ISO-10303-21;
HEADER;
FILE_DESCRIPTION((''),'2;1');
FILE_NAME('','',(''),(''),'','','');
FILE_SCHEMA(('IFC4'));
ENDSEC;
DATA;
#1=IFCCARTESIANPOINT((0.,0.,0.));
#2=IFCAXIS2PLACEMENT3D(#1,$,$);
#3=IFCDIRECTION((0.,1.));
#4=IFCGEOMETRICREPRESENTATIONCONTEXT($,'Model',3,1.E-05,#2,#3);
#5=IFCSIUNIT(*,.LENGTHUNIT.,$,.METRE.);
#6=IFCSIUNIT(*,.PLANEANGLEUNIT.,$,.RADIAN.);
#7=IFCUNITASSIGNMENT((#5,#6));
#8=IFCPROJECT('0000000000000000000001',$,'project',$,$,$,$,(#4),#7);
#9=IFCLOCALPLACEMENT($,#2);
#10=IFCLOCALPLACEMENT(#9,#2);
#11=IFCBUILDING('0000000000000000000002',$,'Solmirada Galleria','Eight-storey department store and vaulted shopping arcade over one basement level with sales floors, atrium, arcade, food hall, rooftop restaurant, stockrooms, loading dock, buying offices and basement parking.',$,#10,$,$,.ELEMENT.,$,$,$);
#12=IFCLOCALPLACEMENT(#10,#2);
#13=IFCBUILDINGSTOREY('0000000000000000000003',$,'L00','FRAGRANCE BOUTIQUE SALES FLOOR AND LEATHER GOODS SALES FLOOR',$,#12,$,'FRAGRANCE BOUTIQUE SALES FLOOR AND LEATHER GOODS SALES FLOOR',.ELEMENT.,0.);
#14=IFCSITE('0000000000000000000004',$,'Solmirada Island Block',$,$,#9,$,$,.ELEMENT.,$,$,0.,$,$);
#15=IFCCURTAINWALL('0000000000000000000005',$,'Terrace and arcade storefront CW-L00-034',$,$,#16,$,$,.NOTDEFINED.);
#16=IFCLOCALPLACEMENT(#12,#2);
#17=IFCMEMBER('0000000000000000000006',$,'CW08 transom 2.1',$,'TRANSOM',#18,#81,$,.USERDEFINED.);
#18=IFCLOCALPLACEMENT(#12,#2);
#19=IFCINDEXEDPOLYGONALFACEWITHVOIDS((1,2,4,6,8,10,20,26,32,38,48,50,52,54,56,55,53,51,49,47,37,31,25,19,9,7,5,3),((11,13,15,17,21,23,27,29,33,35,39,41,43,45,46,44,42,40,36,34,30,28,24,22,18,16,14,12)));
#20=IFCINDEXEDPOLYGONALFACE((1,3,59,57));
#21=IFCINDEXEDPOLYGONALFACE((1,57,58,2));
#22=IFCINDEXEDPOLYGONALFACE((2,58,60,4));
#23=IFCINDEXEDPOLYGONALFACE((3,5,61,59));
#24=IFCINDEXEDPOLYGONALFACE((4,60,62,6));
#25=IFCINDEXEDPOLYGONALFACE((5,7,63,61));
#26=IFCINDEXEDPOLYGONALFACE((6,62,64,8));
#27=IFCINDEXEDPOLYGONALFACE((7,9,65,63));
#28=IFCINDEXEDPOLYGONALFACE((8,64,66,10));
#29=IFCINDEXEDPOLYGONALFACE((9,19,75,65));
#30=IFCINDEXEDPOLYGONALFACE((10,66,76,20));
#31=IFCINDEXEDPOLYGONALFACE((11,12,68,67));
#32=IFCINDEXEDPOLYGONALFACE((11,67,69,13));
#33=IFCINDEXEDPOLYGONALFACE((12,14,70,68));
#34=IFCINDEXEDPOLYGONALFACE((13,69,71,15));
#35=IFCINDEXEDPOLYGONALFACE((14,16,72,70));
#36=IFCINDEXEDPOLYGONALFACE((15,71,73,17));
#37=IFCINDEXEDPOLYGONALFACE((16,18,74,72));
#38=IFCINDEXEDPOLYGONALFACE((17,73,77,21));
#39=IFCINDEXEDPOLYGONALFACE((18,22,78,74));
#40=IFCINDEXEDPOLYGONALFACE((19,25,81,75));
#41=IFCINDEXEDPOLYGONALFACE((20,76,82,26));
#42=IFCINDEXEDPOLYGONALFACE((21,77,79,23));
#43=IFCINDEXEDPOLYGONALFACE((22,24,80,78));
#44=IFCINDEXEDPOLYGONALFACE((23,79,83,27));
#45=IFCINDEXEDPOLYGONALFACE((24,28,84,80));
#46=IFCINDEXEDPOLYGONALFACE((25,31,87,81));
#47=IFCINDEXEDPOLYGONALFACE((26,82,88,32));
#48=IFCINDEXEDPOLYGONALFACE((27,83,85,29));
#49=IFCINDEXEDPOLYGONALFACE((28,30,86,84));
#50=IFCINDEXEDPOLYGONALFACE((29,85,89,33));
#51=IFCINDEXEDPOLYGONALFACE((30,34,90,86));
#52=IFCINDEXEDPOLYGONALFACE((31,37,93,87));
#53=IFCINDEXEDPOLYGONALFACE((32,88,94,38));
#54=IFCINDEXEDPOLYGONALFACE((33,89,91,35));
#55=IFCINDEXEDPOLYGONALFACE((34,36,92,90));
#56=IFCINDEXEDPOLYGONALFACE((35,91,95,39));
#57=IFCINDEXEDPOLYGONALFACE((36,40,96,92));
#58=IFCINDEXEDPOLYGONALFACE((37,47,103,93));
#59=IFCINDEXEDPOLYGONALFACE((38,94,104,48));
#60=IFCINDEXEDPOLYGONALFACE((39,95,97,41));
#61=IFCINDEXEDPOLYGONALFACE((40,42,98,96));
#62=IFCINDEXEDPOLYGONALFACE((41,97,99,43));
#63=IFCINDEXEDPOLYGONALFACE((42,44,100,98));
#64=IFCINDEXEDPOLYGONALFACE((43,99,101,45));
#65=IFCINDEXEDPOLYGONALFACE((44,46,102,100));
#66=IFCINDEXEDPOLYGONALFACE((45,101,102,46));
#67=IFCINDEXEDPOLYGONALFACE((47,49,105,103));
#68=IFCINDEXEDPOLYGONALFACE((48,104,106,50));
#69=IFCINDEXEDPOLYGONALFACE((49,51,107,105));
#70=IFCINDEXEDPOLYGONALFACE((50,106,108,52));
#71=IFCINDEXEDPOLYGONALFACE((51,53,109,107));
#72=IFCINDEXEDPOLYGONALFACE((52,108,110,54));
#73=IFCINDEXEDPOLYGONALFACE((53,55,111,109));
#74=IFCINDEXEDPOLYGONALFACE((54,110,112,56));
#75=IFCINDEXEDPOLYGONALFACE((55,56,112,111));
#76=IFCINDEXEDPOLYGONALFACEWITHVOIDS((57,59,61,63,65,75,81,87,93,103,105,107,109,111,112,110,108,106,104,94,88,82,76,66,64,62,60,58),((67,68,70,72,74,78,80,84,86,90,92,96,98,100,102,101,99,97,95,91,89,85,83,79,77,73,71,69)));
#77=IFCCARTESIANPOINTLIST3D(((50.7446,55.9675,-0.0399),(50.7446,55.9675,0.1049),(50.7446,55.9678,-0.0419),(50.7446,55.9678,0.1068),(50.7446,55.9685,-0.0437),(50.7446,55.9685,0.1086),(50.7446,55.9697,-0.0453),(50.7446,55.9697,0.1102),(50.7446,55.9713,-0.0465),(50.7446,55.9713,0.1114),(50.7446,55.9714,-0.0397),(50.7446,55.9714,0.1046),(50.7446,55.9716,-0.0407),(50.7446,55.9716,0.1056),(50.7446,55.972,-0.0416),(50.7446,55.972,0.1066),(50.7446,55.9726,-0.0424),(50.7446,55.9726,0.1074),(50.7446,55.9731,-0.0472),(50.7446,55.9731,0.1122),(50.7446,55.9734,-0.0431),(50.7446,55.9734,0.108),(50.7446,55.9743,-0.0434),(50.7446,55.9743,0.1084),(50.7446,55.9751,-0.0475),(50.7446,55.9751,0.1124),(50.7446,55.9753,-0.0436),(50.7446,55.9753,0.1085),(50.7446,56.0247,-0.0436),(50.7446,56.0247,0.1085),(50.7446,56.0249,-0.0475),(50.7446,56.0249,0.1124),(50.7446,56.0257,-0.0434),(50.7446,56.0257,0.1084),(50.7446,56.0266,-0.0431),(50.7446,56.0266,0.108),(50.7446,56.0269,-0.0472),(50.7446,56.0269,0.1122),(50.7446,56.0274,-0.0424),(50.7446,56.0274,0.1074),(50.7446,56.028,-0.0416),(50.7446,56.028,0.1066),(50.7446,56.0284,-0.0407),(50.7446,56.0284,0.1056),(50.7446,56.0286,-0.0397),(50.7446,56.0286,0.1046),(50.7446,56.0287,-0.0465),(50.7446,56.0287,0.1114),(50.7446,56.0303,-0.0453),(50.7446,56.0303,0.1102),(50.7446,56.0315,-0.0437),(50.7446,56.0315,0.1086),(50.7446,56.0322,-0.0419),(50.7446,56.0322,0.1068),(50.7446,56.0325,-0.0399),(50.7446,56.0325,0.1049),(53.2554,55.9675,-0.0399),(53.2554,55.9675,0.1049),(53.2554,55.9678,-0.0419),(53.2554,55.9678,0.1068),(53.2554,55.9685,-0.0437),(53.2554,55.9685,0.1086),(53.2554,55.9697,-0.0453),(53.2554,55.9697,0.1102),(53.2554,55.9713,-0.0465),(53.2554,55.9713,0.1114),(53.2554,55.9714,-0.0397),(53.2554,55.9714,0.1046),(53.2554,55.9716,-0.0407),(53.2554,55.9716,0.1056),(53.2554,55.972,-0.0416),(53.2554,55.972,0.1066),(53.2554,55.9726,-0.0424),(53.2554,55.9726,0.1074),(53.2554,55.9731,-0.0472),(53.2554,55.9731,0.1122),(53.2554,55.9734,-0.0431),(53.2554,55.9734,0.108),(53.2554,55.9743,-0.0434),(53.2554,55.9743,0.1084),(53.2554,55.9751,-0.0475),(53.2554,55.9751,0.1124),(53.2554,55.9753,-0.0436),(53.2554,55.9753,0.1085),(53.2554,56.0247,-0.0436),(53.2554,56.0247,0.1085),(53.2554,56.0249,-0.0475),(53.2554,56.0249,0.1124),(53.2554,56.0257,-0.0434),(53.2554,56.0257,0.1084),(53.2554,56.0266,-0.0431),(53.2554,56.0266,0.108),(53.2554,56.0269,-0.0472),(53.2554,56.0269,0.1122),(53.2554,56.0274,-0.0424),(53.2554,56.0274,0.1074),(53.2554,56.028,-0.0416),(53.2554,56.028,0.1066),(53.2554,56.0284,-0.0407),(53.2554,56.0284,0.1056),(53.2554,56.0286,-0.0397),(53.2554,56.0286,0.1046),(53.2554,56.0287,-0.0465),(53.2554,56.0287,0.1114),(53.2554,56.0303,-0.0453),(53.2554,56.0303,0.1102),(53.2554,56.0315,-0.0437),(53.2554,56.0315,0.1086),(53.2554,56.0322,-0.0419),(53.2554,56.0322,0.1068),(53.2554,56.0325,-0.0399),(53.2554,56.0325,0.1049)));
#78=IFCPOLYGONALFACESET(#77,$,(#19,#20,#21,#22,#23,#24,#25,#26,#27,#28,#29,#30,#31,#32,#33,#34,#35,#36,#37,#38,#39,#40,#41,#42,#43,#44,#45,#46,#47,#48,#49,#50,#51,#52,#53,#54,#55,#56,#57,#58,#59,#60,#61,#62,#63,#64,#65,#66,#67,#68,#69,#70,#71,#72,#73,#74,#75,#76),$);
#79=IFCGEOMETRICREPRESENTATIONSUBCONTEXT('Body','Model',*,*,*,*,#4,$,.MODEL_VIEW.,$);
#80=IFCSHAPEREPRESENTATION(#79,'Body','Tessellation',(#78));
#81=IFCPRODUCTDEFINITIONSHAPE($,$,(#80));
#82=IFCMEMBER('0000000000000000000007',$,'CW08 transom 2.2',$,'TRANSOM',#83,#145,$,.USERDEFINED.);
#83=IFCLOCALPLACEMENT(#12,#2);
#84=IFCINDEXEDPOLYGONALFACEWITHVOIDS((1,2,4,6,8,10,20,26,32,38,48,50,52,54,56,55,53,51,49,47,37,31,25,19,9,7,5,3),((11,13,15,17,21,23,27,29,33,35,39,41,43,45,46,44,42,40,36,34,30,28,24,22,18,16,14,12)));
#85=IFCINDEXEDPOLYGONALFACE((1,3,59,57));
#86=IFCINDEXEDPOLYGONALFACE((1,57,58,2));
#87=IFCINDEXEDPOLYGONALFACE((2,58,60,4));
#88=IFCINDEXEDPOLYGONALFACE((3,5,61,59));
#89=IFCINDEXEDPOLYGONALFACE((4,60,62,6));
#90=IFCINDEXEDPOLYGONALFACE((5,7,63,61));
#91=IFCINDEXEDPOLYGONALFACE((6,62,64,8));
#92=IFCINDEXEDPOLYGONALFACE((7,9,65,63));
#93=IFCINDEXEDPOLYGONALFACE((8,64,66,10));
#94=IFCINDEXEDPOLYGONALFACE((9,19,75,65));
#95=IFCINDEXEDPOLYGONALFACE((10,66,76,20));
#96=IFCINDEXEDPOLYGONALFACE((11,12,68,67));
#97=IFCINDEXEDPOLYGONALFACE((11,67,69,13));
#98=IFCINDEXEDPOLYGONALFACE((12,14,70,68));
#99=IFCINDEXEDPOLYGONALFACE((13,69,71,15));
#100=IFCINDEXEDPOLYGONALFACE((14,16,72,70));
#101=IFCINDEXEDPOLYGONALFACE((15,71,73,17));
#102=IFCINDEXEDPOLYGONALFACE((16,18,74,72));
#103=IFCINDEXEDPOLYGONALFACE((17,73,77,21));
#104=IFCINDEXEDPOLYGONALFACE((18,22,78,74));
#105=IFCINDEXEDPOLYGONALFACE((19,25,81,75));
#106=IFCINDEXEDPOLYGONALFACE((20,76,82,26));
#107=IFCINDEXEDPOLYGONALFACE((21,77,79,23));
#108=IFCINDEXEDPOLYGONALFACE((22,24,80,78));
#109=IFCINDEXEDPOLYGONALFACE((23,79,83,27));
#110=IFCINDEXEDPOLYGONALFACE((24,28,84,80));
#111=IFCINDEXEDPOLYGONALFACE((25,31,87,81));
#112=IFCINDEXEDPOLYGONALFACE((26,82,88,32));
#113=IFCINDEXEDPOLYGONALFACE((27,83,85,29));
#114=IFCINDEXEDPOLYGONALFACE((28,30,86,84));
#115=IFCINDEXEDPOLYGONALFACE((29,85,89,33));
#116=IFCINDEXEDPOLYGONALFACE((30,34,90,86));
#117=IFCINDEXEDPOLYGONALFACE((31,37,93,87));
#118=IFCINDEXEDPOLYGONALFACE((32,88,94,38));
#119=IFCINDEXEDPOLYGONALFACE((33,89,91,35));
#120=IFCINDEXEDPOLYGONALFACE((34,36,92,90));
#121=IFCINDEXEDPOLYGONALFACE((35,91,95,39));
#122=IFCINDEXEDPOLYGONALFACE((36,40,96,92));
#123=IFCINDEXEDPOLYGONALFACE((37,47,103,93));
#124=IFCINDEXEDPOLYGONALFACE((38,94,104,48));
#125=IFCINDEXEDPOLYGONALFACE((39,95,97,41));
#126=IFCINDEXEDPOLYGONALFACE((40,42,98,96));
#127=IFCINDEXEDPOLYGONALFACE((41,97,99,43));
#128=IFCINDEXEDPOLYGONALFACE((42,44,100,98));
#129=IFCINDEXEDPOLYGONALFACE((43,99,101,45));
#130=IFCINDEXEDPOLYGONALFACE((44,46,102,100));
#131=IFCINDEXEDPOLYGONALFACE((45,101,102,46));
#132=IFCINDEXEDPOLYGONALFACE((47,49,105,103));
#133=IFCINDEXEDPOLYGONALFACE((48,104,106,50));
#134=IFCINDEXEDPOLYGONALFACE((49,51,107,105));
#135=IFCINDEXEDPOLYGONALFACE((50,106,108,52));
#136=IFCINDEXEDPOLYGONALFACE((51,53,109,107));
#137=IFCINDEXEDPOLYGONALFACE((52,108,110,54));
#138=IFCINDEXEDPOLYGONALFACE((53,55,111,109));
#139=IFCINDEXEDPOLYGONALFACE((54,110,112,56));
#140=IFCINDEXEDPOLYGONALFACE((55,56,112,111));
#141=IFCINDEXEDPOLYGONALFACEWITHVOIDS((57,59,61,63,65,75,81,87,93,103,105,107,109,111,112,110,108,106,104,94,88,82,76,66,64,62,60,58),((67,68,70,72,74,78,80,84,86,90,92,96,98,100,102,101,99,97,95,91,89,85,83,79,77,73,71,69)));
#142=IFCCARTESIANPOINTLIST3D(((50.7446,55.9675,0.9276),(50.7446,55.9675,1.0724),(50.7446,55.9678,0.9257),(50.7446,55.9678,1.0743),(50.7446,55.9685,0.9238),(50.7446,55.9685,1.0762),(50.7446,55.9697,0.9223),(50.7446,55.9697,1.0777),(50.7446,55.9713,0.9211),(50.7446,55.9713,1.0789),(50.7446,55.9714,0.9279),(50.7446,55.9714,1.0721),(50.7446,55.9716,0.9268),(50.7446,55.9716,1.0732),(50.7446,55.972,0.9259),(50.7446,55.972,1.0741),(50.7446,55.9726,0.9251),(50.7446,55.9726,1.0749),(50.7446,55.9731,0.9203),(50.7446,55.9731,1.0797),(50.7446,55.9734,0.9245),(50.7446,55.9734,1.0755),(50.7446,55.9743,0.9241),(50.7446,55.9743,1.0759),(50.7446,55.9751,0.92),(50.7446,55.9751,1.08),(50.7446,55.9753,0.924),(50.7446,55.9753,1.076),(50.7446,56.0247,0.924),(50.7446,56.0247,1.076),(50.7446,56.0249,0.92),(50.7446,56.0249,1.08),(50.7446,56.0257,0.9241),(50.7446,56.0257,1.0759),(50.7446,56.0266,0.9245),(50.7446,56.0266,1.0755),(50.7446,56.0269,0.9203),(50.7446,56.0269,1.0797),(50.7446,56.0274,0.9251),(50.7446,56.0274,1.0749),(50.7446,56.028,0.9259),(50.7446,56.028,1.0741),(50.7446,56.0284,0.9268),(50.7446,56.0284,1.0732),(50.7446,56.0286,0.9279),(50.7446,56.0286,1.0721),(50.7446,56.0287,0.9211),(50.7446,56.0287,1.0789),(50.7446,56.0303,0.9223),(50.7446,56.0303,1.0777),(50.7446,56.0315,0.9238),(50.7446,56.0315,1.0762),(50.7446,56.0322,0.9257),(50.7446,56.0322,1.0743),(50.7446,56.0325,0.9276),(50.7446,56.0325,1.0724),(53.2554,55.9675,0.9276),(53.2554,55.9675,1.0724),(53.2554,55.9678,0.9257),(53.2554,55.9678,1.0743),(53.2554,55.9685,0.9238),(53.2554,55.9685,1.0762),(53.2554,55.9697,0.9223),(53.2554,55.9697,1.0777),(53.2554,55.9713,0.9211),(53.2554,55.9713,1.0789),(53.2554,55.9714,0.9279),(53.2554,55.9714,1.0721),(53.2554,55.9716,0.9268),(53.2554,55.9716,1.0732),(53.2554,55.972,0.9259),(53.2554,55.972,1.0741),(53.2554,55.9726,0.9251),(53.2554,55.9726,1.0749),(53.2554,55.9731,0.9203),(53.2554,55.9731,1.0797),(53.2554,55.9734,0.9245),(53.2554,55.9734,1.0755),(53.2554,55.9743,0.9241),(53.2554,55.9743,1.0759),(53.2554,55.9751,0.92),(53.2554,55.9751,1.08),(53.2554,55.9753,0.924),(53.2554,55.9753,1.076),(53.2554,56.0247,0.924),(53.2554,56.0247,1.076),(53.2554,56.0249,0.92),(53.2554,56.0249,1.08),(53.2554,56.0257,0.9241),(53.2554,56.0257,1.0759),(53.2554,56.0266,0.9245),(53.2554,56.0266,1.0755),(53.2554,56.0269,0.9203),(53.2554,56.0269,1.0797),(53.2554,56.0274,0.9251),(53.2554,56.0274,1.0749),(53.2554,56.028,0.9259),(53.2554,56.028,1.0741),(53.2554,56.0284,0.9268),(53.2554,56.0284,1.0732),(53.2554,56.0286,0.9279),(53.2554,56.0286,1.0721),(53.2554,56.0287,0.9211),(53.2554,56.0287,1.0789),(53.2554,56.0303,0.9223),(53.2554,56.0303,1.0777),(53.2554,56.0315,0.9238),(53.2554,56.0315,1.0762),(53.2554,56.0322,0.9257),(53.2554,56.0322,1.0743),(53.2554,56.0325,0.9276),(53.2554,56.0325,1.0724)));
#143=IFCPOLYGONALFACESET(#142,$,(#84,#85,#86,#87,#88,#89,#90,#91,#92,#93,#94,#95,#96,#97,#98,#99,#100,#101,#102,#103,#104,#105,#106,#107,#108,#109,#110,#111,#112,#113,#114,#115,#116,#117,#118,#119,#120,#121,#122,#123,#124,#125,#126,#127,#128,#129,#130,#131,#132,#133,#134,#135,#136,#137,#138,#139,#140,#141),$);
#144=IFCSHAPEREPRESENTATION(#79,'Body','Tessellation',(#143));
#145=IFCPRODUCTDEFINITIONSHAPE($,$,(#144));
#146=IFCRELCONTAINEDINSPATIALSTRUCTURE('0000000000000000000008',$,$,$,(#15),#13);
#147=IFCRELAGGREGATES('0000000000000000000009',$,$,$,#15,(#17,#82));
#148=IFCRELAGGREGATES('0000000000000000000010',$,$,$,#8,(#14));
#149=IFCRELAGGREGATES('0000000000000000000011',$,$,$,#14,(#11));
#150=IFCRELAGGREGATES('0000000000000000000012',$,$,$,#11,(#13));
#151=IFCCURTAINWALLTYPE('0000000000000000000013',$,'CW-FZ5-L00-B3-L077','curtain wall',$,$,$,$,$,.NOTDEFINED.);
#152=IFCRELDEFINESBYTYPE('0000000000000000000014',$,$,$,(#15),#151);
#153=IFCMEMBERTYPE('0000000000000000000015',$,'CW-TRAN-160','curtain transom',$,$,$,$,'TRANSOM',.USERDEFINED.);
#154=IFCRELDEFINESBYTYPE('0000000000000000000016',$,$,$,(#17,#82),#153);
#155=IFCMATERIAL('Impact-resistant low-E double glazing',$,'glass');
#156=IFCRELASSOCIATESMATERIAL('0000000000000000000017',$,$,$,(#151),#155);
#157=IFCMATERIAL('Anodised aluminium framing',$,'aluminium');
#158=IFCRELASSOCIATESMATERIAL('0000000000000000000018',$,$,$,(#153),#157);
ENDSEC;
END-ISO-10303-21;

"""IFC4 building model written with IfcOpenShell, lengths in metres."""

from ifc_helpers import new_model, si_unit, direction, frame, origin, origin_2d, place, context, subcontext, project, spatial, hollow_rectangle, extrude, material, material_profile, profile_set, type_object, element, aggregate, save


model = new_model("IFC4")

# Units and contexts
model_context = context("Model", 3, precision=1e-05, world=origin(), true_north=direction((0.0, 1.0)))
body_context = subcontext(model_context, "Body", "Model", "MODEL_VIEW")
ifc_project = project(units=[si_unit("LENGTHUNIT", "METRE"), si_unit("PLANEANGLEUNIT", "RADIAN")], contexts=[model_context])

# Site, building, storey
site_placement = place(None, origin())
site = spatial("IfcSite", under=ifc_project, at=site_placement, Name="Solmirada Island Block", CompositionType="ELEMENT", RefElevation=0.0)
building_placement = place(site_placement, origin())
building = spatial("IfcBuilding", under=site, at=building_placement, Name="Solmirada Galleria", Description="Eight-storey department store and vaulted shopping arcade over one basement level with sales floors, atrium, arcade, food hall, rooftop restaurant, stockrooms, loading dock, buying offices and basement parking.", CompositionType="ELEMENT")
storey_placement = place(building_placement, origin())
storey = spatial("IfcBuildingStorey", under=building, at=storey_placement, Name="L00", Description="FRAGRANCE BOUTIQUE SALES FLOOR AND LEATHER GOODS SALES FLOOR", LongName="FRAGRANCE BOUTIQUE SALES FLOOR AND LEATHER GOODS SALES FLOOR", CompositionType="ELEMENT", Elevation=0.0)

# Curtain wall, members
ifc_material_1 = material(Name="Impact-resistant low-E double glazing", Category="glass")
curtain_wall_type = type_object("IfcCurtainWallType", Name="CW-FZ5-L00-B3-L077", Description="curtain wall", PredefinedType="NOTDEFINED", material=ifc_material_1)
curtain_wall_placement = place(storey_placement, origin())
curtain_wall = element("IfcCurtainWall", 1, at=curtain_wall_placement, inside=storey, type_object=curtain_wall_type, Name="Terrace and arcade storefront CW-L00-034", PredefinedType="NOTDEFINED")
ifc_material_2 = material(Name="Anodised aluminium framing", Category="aluminium")
ifc_material_profile_1 = material_profile(ifc_material_2, hollow_rectangle(XDim=0.0649, YDim=0.1599, WallThickness=0.0039, InnerFilletRadius=0.0039, OuterFilletRadius=0.0076, at=origin_2d()), Name="ALU-TRAN-160X65")
ifc_profile_set_1 = profile_set([ifc_material_profile_1], Name="Anodised aluminium framing")
member_type_1 = type_object("IfcMemberType", Name="CW-TRAN-160", Description="curtain transom", ElementType="TRANSOM", PredefinedType="USERDEFINED", material=ifc_profile_set_1)
member_1_placement = place(storey_placement, frame((53.2554, 56.0, 0.0325), z_axis=(-1.0, 0.0, 0.0), x_axis=(0.0, -1.0, 0.0)))
member_1 = element("IfcMember", 2, at=member_1_placement, type_object=member_type_1, Name="CW08 transom 2.1", ObjectType="TRANSOM", PredefinedType="USERDEFINED", context=body_context, shape_type="SweptSolid", body=[
    extrude(hollow_rectangle(XDim=0.0649, YDim=0.1599, WallThickness=0.0039, InnerFilletRadius=0.0039, OuterFilletRadius=0.0076, at=origin_2d()), origin(), (0.0, 0.0, 1.0), 2.5107),
])
member_2_placement = place(storey_placement, frame((53.2554, 56.0, 1.0), z_axis=(-1.0, 0.0, 0.0), x_axis=(0.0, -1.0, 0.0)))
member_2 = element("IfcMember", 3, at=member_2_placement, type_object=member_type_1, Name="CW08 transom 2.2", ObjectType="TRANSOM", PredefinedType="USERDEFINED", context=body_context, shape_type="SweptSolid", body=[
    extrude(hollow_rectangle(XDim=0.0649, YDim=0.1599, WallThickness=0.0039, InnerFilletRadius=0.0039, OuterFilletRadius=0.0076, at=origin_2d()), origin(), (0.0, 0.0, 1.0), 2.5107),
])
aggregate(curtain_wall, [member_1, member_2])

save(model, "model.ifc")
